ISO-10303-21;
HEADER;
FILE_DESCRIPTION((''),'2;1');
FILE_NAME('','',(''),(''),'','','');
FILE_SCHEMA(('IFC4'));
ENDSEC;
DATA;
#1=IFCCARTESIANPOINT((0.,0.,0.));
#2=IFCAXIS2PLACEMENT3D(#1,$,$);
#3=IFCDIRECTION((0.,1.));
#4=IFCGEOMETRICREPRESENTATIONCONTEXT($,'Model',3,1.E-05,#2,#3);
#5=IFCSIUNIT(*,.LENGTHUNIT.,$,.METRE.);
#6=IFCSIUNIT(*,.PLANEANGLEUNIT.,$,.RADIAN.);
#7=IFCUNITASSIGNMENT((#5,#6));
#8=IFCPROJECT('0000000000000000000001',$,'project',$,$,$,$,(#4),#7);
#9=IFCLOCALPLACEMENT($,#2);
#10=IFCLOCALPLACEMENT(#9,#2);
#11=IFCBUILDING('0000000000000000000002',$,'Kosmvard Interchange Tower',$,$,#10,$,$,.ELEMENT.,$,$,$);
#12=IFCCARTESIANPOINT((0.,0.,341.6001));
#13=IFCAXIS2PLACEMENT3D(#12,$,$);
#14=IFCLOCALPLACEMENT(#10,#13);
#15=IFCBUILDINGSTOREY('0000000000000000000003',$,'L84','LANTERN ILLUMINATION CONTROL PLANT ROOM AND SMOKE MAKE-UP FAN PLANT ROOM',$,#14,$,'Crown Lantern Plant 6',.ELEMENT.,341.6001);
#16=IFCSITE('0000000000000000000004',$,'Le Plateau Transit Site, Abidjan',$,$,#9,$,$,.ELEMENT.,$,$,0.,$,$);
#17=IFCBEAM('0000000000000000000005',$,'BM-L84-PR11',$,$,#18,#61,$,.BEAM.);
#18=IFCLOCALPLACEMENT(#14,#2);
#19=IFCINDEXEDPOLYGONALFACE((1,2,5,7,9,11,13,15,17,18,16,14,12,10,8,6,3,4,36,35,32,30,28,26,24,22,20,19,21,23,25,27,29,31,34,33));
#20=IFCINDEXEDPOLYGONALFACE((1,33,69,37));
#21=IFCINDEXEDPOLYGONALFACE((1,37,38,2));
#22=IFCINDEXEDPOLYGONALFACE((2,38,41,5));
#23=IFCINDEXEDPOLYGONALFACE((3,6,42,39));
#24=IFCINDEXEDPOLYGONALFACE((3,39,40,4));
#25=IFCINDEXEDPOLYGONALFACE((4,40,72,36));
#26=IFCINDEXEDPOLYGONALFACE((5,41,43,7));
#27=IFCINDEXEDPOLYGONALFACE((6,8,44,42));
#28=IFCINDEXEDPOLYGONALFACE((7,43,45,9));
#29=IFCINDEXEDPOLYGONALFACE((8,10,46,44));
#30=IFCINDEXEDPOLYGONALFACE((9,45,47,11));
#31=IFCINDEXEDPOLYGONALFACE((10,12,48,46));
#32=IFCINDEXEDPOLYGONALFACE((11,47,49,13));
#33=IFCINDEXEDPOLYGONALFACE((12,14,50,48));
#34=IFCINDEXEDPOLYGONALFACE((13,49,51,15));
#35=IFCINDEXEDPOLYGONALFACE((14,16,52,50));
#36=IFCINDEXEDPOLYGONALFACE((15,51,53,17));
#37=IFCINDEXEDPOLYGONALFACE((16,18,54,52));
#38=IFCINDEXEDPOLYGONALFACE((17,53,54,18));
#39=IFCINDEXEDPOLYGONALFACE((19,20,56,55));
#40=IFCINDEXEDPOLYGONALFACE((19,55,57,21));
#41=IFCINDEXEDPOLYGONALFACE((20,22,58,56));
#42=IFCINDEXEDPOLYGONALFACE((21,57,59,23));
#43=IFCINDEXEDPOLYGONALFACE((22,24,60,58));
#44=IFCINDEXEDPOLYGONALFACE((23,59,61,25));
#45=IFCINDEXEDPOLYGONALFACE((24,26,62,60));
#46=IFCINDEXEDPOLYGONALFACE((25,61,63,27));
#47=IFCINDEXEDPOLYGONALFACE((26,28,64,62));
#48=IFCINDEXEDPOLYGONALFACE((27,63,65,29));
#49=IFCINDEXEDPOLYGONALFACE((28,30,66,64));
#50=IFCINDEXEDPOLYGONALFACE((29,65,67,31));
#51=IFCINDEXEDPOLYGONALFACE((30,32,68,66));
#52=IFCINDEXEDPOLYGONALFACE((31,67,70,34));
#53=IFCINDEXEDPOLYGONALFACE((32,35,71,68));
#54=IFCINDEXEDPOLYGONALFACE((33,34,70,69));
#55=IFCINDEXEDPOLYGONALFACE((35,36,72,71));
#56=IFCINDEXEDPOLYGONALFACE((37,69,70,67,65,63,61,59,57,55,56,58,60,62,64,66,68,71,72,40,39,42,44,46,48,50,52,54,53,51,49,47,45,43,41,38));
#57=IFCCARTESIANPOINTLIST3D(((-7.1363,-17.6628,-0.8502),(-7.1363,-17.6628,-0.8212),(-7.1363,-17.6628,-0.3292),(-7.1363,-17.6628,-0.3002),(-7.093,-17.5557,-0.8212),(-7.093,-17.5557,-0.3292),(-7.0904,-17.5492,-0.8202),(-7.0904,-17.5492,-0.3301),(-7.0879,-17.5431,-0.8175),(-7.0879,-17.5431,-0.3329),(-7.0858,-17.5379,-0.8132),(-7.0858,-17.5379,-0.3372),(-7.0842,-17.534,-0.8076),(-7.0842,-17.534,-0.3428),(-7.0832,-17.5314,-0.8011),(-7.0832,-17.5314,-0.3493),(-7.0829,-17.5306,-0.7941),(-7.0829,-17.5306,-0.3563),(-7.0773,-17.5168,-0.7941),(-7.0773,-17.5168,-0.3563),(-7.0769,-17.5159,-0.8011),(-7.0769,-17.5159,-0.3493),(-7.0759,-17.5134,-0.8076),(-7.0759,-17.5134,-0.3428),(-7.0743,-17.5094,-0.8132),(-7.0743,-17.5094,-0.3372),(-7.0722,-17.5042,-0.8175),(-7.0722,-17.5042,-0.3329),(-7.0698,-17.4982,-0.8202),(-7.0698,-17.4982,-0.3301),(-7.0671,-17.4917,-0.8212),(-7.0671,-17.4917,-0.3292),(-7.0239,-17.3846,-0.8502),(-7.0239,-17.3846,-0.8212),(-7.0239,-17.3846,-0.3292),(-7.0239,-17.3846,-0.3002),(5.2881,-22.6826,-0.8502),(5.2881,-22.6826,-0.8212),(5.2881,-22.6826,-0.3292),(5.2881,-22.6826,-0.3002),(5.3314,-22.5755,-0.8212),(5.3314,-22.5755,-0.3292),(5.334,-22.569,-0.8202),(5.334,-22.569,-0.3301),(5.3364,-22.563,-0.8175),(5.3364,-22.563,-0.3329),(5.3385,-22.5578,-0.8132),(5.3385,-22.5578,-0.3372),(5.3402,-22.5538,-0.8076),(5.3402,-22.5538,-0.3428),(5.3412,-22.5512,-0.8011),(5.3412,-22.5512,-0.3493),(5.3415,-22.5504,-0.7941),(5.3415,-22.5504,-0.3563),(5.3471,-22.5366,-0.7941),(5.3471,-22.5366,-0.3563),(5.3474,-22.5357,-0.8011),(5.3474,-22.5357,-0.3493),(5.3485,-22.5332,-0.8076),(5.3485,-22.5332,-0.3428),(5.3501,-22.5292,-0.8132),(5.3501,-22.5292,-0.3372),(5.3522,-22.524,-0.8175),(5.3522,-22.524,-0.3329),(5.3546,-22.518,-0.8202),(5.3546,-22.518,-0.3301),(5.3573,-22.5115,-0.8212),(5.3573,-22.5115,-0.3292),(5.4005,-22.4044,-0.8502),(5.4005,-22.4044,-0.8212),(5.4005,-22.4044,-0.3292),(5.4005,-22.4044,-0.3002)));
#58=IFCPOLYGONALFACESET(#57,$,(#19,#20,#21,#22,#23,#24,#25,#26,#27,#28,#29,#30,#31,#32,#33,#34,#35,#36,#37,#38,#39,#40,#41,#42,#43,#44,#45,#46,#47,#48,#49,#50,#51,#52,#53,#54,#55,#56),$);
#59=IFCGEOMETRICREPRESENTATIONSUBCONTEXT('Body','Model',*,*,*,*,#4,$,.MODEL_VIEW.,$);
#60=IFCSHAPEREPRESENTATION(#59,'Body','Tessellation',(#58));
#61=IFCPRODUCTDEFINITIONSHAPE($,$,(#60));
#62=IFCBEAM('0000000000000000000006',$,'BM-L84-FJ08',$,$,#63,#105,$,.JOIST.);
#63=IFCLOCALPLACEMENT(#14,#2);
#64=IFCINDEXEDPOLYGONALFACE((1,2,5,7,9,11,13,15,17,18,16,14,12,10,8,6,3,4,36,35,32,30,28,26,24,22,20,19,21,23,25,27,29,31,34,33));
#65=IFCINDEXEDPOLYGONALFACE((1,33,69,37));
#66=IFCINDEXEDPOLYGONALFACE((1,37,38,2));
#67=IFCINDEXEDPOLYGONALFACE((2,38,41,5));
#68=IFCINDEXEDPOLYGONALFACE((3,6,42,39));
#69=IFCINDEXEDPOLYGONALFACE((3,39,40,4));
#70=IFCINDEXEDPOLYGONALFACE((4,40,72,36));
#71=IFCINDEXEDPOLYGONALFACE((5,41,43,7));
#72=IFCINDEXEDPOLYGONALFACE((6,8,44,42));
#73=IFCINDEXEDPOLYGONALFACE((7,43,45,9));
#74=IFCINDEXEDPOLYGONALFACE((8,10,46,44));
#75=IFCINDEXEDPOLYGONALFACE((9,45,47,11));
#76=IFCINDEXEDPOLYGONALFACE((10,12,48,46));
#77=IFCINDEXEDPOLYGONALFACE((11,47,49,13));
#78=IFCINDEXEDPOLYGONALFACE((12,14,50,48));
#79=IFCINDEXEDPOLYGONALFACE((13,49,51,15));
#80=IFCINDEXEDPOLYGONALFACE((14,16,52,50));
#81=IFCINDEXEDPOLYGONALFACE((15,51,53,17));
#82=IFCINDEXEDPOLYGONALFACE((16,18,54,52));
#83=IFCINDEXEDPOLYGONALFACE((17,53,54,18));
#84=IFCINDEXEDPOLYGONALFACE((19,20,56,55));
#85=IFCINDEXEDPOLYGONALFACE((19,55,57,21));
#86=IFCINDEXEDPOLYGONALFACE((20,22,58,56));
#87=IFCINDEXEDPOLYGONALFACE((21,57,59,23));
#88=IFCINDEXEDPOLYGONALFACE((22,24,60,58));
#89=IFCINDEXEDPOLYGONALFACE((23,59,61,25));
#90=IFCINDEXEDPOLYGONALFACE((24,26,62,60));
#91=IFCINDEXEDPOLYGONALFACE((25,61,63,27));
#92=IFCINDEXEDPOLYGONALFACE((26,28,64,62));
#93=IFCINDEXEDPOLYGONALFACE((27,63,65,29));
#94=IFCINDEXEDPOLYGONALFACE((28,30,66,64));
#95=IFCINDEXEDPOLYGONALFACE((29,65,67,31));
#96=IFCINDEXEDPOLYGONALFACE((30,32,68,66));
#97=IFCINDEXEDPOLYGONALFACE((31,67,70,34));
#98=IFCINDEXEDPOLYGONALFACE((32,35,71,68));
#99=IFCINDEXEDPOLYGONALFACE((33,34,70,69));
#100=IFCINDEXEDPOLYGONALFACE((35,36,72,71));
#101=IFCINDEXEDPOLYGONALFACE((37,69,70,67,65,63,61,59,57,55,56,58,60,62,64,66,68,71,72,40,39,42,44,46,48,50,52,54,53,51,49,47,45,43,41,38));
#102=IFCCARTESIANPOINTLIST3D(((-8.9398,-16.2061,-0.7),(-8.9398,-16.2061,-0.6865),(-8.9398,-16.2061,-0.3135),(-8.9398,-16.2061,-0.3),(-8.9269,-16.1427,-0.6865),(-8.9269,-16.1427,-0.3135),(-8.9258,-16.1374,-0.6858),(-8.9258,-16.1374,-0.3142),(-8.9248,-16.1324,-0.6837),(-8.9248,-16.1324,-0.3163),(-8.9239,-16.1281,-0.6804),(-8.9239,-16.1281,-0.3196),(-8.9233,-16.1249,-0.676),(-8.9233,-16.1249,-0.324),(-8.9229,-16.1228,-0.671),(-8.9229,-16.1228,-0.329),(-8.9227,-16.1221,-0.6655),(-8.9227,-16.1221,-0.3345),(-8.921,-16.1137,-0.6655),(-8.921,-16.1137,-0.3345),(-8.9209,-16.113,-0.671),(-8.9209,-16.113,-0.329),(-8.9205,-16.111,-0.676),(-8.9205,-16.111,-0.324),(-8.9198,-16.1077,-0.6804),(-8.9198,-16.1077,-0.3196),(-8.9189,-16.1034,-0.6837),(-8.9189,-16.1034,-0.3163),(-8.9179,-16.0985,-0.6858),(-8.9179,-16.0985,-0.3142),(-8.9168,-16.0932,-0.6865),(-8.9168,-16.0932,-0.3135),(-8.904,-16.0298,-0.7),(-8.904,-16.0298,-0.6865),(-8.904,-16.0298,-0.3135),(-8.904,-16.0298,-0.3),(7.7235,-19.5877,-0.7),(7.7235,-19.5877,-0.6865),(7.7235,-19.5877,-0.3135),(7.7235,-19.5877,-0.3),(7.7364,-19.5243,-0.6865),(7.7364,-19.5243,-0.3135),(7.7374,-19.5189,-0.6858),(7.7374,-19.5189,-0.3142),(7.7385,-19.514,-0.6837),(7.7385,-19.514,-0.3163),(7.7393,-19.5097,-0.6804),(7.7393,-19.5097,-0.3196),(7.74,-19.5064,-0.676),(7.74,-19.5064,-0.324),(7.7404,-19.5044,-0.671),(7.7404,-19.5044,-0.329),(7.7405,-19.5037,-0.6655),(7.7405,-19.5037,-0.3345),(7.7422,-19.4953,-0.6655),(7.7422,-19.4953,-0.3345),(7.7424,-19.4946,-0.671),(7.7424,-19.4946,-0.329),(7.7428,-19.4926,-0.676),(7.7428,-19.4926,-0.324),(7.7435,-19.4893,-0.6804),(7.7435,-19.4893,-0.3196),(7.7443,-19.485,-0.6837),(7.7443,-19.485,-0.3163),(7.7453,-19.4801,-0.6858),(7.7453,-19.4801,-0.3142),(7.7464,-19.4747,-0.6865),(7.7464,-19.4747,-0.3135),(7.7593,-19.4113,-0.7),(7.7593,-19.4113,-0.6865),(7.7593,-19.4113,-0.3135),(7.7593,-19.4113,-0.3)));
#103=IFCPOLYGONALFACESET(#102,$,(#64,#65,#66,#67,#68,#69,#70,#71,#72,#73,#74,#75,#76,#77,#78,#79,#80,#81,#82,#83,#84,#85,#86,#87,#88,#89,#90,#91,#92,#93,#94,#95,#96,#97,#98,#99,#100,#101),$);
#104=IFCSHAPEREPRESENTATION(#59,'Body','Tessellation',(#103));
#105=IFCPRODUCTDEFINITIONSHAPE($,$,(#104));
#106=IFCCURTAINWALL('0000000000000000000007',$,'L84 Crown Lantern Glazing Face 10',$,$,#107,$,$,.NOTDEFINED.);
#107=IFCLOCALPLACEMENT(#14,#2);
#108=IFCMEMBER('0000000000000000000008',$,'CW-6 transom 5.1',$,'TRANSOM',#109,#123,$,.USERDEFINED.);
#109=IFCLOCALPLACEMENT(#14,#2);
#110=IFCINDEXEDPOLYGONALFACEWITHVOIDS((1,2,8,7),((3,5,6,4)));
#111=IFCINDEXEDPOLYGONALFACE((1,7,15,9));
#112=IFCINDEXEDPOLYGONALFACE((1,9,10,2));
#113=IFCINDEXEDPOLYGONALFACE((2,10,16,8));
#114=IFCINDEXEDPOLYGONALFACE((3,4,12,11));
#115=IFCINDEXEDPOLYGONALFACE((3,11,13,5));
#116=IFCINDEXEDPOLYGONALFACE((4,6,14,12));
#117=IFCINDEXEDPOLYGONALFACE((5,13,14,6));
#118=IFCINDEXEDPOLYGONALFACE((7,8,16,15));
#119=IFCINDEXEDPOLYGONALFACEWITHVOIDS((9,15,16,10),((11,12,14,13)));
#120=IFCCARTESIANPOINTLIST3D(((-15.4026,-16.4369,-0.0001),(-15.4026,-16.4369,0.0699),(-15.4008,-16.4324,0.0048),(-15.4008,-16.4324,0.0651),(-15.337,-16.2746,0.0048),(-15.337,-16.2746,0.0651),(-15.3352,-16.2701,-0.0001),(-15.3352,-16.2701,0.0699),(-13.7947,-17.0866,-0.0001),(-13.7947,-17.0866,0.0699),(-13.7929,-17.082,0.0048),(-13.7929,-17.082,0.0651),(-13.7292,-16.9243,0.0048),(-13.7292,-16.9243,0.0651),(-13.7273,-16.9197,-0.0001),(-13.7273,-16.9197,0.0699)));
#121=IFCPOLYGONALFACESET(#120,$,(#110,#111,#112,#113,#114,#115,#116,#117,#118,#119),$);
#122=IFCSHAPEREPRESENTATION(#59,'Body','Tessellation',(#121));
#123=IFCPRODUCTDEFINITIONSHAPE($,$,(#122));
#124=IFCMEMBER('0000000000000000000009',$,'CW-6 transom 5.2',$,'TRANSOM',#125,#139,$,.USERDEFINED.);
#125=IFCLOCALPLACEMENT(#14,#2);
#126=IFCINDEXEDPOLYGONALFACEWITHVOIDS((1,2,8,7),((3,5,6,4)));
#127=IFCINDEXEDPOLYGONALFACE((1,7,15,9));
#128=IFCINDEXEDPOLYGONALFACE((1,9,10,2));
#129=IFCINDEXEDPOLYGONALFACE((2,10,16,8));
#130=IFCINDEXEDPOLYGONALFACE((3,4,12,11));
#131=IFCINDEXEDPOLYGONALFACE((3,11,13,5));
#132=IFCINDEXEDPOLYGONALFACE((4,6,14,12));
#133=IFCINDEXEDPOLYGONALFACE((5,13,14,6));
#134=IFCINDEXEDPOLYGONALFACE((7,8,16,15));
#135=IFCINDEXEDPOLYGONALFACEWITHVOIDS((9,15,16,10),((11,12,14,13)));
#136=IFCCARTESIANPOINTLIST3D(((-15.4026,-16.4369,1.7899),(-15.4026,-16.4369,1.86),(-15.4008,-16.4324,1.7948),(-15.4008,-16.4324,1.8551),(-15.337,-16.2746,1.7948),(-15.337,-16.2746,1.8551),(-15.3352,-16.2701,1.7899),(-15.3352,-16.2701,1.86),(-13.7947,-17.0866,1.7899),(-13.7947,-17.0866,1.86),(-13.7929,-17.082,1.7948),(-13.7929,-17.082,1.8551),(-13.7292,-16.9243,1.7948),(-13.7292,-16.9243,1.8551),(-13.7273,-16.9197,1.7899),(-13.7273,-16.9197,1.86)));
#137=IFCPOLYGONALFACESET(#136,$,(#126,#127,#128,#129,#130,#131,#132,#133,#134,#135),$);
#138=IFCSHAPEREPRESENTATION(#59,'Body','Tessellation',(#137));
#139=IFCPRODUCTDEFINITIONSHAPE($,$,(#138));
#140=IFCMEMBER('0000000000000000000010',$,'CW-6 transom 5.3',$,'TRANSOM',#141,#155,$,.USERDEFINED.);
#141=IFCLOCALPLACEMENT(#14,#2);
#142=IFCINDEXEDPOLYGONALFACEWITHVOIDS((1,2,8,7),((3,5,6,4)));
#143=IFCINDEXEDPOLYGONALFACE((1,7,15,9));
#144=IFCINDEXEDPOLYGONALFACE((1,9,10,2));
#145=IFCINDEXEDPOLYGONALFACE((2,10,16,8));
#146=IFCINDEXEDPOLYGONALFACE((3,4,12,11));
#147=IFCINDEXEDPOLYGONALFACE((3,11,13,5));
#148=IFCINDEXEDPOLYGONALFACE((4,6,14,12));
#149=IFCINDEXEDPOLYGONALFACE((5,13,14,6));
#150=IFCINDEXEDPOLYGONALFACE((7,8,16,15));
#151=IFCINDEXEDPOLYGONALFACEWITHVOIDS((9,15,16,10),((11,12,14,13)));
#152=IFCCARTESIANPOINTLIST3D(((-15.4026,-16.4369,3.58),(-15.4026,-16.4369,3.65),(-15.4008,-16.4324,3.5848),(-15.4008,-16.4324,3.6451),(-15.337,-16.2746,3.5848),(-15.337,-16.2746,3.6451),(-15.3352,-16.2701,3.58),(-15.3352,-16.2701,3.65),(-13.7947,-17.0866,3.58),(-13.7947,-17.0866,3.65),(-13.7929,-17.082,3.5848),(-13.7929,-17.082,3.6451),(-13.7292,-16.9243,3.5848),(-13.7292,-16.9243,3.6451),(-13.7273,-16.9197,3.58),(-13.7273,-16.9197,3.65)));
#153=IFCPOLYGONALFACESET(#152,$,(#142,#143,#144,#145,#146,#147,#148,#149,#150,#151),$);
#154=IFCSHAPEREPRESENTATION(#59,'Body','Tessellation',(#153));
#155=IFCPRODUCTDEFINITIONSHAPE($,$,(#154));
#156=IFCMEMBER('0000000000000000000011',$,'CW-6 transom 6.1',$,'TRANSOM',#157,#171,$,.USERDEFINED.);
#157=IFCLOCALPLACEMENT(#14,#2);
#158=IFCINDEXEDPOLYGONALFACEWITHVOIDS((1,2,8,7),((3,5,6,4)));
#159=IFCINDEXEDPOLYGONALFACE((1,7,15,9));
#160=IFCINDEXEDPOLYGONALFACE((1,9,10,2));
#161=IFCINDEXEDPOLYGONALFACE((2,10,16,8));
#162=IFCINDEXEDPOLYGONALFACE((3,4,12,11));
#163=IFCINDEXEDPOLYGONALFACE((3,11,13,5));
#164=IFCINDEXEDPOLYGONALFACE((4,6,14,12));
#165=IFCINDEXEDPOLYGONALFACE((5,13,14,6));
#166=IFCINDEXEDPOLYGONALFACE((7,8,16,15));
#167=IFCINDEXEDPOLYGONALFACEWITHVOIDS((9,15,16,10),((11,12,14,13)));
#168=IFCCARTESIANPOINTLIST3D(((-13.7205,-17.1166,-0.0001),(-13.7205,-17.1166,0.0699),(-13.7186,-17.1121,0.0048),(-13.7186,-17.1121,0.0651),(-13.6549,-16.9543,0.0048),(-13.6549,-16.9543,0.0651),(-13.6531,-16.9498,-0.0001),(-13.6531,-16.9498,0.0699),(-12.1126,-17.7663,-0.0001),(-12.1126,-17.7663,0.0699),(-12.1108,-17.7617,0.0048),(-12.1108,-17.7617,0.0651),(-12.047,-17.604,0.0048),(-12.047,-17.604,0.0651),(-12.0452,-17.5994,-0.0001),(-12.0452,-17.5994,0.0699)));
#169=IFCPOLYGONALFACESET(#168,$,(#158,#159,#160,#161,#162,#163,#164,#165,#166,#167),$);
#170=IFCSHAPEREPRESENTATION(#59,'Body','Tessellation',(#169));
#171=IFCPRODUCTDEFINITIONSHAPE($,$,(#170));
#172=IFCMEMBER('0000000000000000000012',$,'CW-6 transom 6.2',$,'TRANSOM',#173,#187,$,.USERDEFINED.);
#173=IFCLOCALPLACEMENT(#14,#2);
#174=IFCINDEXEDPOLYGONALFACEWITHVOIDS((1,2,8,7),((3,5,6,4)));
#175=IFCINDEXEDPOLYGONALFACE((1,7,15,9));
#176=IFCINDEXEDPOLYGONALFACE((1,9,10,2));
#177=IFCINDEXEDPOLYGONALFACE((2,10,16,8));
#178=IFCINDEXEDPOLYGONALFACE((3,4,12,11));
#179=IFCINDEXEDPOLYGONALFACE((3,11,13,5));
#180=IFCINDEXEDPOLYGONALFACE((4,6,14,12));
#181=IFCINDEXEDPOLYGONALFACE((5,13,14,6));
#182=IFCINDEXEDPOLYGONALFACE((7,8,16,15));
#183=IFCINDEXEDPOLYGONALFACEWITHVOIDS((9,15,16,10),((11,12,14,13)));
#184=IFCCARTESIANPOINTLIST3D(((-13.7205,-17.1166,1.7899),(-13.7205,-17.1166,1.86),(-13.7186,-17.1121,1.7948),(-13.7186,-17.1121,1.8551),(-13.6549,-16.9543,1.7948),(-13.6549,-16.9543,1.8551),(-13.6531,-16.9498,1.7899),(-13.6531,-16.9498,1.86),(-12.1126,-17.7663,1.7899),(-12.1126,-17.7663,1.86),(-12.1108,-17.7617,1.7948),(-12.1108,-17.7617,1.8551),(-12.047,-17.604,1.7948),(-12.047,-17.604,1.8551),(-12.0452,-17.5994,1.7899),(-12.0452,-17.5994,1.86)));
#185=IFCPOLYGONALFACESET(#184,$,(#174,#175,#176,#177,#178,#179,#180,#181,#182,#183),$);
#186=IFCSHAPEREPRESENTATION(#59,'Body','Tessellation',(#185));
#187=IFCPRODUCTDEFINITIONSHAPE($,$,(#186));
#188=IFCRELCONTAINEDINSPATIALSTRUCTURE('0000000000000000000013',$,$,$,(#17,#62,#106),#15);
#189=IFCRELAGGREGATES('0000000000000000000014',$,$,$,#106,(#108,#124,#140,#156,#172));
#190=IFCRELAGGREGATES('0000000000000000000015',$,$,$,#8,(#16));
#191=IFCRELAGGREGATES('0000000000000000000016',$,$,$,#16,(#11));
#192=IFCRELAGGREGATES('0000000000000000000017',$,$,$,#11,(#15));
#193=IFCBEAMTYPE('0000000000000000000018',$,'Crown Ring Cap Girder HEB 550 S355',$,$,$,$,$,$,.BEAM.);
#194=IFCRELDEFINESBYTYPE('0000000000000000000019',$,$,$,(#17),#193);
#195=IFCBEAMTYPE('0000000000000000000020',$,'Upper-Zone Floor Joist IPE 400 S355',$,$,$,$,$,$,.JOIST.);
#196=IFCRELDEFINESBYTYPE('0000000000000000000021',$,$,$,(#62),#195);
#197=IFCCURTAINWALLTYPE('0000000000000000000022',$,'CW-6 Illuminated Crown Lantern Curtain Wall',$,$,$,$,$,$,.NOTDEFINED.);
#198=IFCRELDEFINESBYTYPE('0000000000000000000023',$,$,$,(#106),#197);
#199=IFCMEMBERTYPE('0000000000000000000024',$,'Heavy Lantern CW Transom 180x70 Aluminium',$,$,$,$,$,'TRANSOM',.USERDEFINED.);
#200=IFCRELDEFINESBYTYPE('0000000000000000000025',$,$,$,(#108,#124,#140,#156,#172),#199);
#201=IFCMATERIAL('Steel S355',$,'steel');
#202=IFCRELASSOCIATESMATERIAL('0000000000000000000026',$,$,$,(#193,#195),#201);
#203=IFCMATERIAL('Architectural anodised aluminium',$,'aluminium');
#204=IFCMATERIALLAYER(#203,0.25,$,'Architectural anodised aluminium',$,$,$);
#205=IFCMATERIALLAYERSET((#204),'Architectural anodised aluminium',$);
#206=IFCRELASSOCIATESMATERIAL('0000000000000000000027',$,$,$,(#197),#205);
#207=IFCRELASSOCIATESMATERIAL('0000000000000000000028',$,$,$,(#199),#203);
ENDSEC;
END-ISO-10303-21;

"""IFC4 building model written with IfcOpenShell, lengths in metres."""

from ifc_helpers import new_model, si_unit, direction, frame, origin, origin_2d, place, context, subcontext, project, spatial, hollow_rectangle, i_section, extrude, source, transform, mapped, material, layer, layer_set, material_profile, profile_set, type_object, element, aggregate, save


model = new_model("IFC4")

# Units and contexts
model_context = context("Model", 3, precision=1e-05, world=origin(), true_north=direction((0.0, 1.0)))
body_context = subcontext(model_context, "Body", "Model", "MODEL_VIEW")
ifc_project = project(units=[si_unit("LENGTHUNIT", "METRE"), si_unit("PLANEANGLEUNIT", "RADIAN")], contexts=[model_context])

# Site, building, storey
site_placement = place(None, origin())
site = spatial("IfcSite", under=ifc_project, at=site_placement, Name="Le Plateau Transit Site, Abidjan", CompositionType="ELEMENT", RefElevation=0.0)
building_placement = place(site_placement, origin())
building = spatial("IfcBuilding", under=site, at=building_placement, Name="Kosmvard Interchange Tower", CompositionType="ELEMENT")
storey_placement = place(building_placement, frame((0.0, 0.0, 341.6001)))
storey = spatial("IfcBuildingStorey", under=building, at=storey_placement, Name="L84", Description="LANTERN ILLUMINATION CONTROL PLANT ROOM AND SMOKE MAKE-UP FAN PLANT ROOM", LongName="Crown Lantern Plant 6", CompositionType="ELEMENT", Elevation=341.6001)

# Shared definitions
ifc_material_1 = material(Name="Steel S355", Category="steel")

# Beams
ifc_material_profile_1 = material_profile(ifc_material_1, i_section(OverallWidth=0.3, OverallDepth=0.55, WebThickness=0.0149, FlangeThickness=0.0291, FilletRadius=0.0271, at=origin_2d()), Name="HEB 550")
ifc_profile_set_1 = profile_set([ifc_material_profile_1], Name="Steel S355")
beam_type_1 = type_object("IfcBeamType", Name="Crown Ring Cap Girder HEB 550 S355", PredefinedType="BEAM", material=ifc_profile_set_1)
shared_shape_1 = source(origin(), body_context, "Body", "SweptSolid", [
    extrude(i_section(OverallWidth=0.3, OverallDepth=0.55, WebThickness=0.0149, FlangeThickness=0.0291, FilletRadius=0.0271, at=origin_2d()), origin(), (0.0, 0.0, 1.0), 13.4001),
])
beam_1_placement = place(storey_placement, frame((-7.0801, -17.5237, -0.5752), z_axis=(0.927183, -0.374608, 0.0), x_axis=(0.374608, 0.927183, 0.0)))
element("IfcBeam", 1, at=beam_1_placement, inside=storey, type_object=beam_type_1, Name="BM-L84-PR11", PredefinedType="BEAM", context=body_context, shape_type="MappedRepresentation", body=[
    mapped(shared_shape_1, transform((0.0, 0.0, 0.0), scale=1.0)),
])
ifc_material_profile_2 = material_profile(ifc_material_1, i_section(OverallWidth=0.1799, OverallDepth=0.3999, WebThickness=0.0085, FlangeThickness=0.0134, FilletRadius=0.021, at=origin_2d()), Name="IPE 400")
ifc_profile_set_2 = profile_set([ifc_material_profile_2], Name="Steel S355")
beam_type_2 = type_object("IfcBeamType", Name="Upper-Zone Floor Joist IPE 400 S355", PredefinedType="JOIST", material=ifc_profile_set_2)
shared_shape_2 = source(origin(), body_context, "Body", "SweptSolid", [
    extrude(i_section(OverallWidth=0.1799, OverallDepth=0.3999, WebThickness=0.0085, FlangeThickness=0.0134, FilletRadius=0.021, at=origin_2d()), origin(), (0.0, 0.0, 1.0), 17.0029),
])
beam_2_placement = place(storey_placement, frame((-8.9219, -16.1179, -0.5), z_axis=(0.980023, -0.198882, 0.0), x_axis=(0.198882, 0.980023, 0.0)))
element("IfcBeam", 2, at=beam_2_placement, inside=storey, type_object=beam_type_2, Name="BM-L84-FJ08", PredefinedType="JOIST", context=body_context, shape_type="MappedRepresentation", body=[
    mapped(shared_shape_2, transform((0.0, 0.0, 0.0), scale=1.0)),
])

# Curtain wall, members
ifc_material_2 = material(Name="Architectural anodised aluminium", Category="aluminium")
ifc_layer_1 = layer(ifc_material_2, 0.25, Name="Architectural anodised aluminium")
ifc_layer_set_1 = layer_set([ifc_layer_1], Name="Architectural anodised aluminium")
curtain_wall_type = type_object("IfcCurtainWallType", Name="CW-6 Illuminated Crown Lantern Curtain Wall", PredefinedType="NOTDEFINED", material=ifc_layer_set_1)
curtain_wall_placement = place(storey_placement, origin())
curtain_wall = element("IfcCurtainWall", 3, at=curtain_wall_placement, inside=storey, type_object=curtain_wall_type, Name="L84 Crown Lantern Glazing Face 10", PredefinedType="NOTDEFINED")
ifc_material_profile_3 = material_profile(ifc_material_2, hollow_rectangle(XDim=0.1799, YDim=0.0701, WallThickness=0.0049, at=origin_2d()), Name="CWT 180x70x5")
ifc_profile_set_3 = profile_set([ifc_material_profile_3], Name="Architectural anodised aluminium")
member_type_1 = type_object("IfcMemberType", Name="Heavy Lantern CW Transom 180x70 Aluminium", ElementType="TRANSOM", PredefinedType="USERDEFINED", material=ifc_profile_set_3)
shared_shape_3 = source(origin(), body_context, "Body", "SweptSolid", [
    extrude(hollow_rectangle(XDim=0.1799, YDim=0.0701, WallThickness=0.0049, at=origin_2d()), origin(), (0.0, 0.0, 1.0), 1.7341),
])
member_1_placement = place(storey_placement, frame((-15.3689, -16.3535, 0.0349), z_axis=(0.92718, -0.374617, 0.0), x_axis=(0.374617, 0.92718, 0.0)))
member_1 = element("IfcMember", 4, at=member_1_placement, type_object=member_type_1, Name="CW-6 transom 5.1", ObjectType="TRANSOM", PredefinedType="USERDEFINED", context=body_context, shape_type="MappedRepresentation", body=[
    mapped(shared_shape_3, transform((0.0, 0.0, 0.0), scale=1.0)),
])
member_2_placement = place(storey_placement, frame((-15.3689, -16.3535, 1.825), z_axis=(0.92718, -0.374617, 0.0), x_axis=(0.374617, 0.92718, 0.0)))
member_2 = element("IfcMember", 5, at=member_2_placement, type_object=member_type_1, Name="CW-6 transom 5.2", ObjectType="TRANSOM", PredefinedType="USERDEFINED", context=body_context, shape_type="MappedRepresentation", body=[
    mapped(shared_shape_3, transform((0.0, 0.0, 0.0), scale=1.0)),
])
member_3_placement = place(storey_placement, frame((-15.3689, -16.3535, 3.615), z_axis=(0.92718, -0.374617, 0.0), x_axis=(0.374617, 0.92718, 0.0)))
member_3 = element("IfcMember", 6, at=member_3_placement, type_object=member_type_1, Name="CW-6 transom 5.3", ObjectType="TRANSOM", PredefinedType="USERDEFINED", context=body_context, shape_type="MappedRepresentation", body=[
    mapped(shared_shape_3, transform((0.0, 0.0, 0.0), scale=1.0)),
])
member_4_placement = place(storey_placement, frame((-13.6868, -17.0332, 0.0349), z_axis=(0.92718, -0.374617, 0.0), x_axis=(0.374617, 0.92718, 0.0)))
member_4 = element("IfcMember", 7, at=member_4_placement, type_object=member_type_1, Name="CW-6 transom 6.1", ObjectType="TRANSOM", PredefinedType="USERDEFINED", context=body_context, shape_type="MappedRepresentation", body=[
    mapped(shared_shape_3, transform((0.0, 0.0, 0.0), scale=1.0)),
])
member_5_placement = place(storey_placement, frame((-13.6868, -17.0332, 1.825), z_axis=(0.92718, -0.374617, 0.0), x_axis=(0.374617, 0.92718, 0.0)))
member_5 = element("IfcMember", 8, at=member_5_placement, type_object=member_type_1, Name="CW-6 transom 6.2", ObjectType="TRANSOM", PredefinedType="USERDEFINED", context=body_context, shape_type="MappedRepresentation", body=[
    mapped(shared_shape_3, transform((0.0, 0.0, 0.0), scale=1.0)),
])

aggregate(curtain_wall, [member_1, member_2, member_3, member_4, member_5])

save(model, "model.ifc")
